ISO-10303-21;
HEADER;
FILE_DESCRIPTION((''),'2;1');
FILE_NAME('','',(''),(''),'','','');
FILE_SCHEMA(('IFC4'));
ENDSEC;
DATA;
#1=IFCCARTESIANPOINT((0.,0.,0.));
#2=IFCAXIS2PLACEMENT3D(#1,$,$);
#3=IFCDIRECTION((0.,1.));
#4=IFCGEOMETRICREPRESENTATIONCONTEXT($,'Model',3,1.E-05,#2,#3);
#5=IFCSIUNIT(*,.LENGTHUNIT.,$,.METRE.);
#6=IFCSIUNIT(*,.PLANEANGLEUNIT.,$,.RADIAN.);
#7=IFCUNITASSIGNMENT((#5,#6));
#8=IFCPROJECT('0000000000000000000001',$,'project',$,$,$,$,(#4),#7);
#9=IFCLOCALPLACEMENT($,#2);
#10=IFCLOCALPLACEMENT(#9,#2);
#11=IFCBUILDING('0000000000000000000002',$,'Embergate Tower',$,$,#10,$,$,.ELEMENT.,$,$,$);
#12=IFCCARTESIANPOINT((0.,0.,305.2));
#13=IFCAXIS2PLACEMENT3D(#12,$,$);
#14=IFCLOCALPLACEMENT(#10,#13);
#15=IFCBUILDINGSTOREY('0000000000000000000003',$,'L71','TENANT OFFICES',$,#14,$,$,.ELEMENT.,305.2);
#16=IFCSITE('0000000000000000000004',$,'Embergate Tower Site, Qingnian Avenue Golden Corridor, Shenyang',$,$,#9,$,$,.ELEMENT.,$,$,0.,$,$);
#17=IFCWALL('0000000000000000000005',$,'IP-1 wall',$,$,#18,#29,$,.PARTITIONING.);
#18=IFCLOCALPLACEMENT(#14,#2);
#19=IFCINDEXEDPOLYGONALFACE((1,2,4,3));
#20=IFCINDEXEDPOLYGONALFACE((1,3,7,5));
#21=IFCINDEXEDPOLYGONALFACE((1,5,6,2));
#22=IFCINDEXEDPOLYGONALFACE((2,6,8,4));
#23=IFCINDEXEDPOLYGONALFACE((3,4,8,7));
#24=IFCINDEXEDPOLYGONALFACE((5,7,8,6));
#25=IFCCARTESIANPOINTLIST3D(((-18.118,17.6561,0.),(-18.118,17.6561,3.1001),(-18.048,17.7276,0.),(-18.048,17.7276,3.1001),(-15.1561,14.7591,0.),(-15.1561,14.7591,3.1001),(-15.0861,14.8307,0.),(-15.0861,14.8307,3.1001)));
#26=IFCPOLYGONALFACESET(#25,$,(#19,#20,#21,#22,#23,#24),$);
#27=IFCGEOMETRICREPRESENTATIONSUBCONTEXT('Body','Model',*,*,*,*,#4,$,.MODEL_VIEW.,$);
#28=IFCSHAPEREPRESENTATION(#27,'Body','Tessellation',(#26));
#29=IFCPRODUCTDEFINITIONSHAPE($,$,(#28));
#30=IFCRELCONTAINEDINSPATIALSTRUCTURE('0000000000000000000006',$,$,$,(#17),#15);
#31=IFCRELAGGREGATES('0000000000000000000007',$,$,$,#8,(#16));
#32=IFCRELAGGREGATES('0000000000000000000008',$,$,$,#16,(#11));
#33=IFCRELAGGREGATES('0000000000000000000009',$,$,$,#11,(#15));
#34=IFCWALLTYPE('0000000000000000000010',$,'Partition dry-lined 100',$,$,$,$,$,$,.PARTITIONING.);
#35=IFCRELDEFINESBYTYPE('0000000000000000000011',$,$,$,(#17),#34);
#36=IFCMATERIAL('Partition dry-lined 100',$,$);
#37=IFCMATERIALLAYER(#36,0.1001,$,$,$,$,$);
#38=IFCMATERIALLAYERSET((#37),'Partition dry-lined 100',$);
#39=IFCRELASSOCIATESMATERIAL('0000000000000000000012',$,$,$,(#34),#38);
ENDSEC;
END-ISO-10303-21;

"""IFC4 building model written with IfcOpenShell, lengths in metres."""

from ifc_helpers import new_model, si_unit, direction, frame, frame_2d, origin, place, context, subcontext, project, spatial, rectangle, extrude, source, transform, mapped, material, layer, layer_set, type_object, element, save


model = new_model("IFC4")

# Units and contexts
model_context = context("Model", 3, precision=1e-05, world=origin(), true_north=direction((0.0, 1.0)))
body_context = subcontext(model_context, "Body", "Model", "MODEL_VIEW")
ifc_project = project(units=[si_unit("LENGTHUNIT", "METRE"), si_unit("PLANEANGLEUNIT", "RADIAN")], contexts=[model_context])

# Site, building, storey
site_placement = place(None, origin())
site = spatial("IfcSite", under=ifc_project, at=site_placement, Name="Embergate Tower Site, Qingnian Avenue Golden Corridor, Shenyang", CompositionType="ELEMENT", RefElevation=0.0)
building_placement = place(site_placement, origin())
building = spatial("IfcBuilding", under=site, at=building_placement, Name="Embergate Tower", CompositionType="ELEMENT")
storey_placement = place(building_placement, frame((0.0, 0.0, 305.2)))
storey = spatial("IfcBuildingStorey", under=building, at=storey_placement, Name="L71", Description="TENANT OFFICES", CompositionType="ELEMENT", Elevation=305.2)

# Wall
ifc_material_1 = material(Name="Partition dry-lined 100")
ifc_layer_1 = layer(ifc_material_1, 0.1001)
ifc_layer_set_1 = layer_set([ifc_layer_1], Name="Partition dry-lined 100")
wall_type = type_object("IfcWallType", Name="Partition dry-lined 100", PredefinedType="PARTITIONING", material=ifc_layer_set_1)
shared_shape_1 = source(origin(), body_context, "Body", "SweptSolid", [
    extrude(rectangle(XDim=4.1431, YDim=0.1001, at=frame_2d((2.0715, 0.0))), origin(), (0.0, 0.0, 1.0), 3.1001),
])
wall_1_placement = place(storey_placement, frame((-15.1211, 14.7949, 0.0), z_axis=(0.0, 0.0, 1.0), x_axis=(-0.714901, 0.699226, 0.0)))
element("IfcWall", 1, at=wall_1_placement, inside=storey, type_object=wall_type, Name="IP-1 wall", PredefinedType="PARTITIONING", context=body_context, shape_type="MappedRepresentation", body=[
    mapped(shared_shape_1, transform((0.0, 0.0, 0.0))),
])

save(model, "model.ifc")
